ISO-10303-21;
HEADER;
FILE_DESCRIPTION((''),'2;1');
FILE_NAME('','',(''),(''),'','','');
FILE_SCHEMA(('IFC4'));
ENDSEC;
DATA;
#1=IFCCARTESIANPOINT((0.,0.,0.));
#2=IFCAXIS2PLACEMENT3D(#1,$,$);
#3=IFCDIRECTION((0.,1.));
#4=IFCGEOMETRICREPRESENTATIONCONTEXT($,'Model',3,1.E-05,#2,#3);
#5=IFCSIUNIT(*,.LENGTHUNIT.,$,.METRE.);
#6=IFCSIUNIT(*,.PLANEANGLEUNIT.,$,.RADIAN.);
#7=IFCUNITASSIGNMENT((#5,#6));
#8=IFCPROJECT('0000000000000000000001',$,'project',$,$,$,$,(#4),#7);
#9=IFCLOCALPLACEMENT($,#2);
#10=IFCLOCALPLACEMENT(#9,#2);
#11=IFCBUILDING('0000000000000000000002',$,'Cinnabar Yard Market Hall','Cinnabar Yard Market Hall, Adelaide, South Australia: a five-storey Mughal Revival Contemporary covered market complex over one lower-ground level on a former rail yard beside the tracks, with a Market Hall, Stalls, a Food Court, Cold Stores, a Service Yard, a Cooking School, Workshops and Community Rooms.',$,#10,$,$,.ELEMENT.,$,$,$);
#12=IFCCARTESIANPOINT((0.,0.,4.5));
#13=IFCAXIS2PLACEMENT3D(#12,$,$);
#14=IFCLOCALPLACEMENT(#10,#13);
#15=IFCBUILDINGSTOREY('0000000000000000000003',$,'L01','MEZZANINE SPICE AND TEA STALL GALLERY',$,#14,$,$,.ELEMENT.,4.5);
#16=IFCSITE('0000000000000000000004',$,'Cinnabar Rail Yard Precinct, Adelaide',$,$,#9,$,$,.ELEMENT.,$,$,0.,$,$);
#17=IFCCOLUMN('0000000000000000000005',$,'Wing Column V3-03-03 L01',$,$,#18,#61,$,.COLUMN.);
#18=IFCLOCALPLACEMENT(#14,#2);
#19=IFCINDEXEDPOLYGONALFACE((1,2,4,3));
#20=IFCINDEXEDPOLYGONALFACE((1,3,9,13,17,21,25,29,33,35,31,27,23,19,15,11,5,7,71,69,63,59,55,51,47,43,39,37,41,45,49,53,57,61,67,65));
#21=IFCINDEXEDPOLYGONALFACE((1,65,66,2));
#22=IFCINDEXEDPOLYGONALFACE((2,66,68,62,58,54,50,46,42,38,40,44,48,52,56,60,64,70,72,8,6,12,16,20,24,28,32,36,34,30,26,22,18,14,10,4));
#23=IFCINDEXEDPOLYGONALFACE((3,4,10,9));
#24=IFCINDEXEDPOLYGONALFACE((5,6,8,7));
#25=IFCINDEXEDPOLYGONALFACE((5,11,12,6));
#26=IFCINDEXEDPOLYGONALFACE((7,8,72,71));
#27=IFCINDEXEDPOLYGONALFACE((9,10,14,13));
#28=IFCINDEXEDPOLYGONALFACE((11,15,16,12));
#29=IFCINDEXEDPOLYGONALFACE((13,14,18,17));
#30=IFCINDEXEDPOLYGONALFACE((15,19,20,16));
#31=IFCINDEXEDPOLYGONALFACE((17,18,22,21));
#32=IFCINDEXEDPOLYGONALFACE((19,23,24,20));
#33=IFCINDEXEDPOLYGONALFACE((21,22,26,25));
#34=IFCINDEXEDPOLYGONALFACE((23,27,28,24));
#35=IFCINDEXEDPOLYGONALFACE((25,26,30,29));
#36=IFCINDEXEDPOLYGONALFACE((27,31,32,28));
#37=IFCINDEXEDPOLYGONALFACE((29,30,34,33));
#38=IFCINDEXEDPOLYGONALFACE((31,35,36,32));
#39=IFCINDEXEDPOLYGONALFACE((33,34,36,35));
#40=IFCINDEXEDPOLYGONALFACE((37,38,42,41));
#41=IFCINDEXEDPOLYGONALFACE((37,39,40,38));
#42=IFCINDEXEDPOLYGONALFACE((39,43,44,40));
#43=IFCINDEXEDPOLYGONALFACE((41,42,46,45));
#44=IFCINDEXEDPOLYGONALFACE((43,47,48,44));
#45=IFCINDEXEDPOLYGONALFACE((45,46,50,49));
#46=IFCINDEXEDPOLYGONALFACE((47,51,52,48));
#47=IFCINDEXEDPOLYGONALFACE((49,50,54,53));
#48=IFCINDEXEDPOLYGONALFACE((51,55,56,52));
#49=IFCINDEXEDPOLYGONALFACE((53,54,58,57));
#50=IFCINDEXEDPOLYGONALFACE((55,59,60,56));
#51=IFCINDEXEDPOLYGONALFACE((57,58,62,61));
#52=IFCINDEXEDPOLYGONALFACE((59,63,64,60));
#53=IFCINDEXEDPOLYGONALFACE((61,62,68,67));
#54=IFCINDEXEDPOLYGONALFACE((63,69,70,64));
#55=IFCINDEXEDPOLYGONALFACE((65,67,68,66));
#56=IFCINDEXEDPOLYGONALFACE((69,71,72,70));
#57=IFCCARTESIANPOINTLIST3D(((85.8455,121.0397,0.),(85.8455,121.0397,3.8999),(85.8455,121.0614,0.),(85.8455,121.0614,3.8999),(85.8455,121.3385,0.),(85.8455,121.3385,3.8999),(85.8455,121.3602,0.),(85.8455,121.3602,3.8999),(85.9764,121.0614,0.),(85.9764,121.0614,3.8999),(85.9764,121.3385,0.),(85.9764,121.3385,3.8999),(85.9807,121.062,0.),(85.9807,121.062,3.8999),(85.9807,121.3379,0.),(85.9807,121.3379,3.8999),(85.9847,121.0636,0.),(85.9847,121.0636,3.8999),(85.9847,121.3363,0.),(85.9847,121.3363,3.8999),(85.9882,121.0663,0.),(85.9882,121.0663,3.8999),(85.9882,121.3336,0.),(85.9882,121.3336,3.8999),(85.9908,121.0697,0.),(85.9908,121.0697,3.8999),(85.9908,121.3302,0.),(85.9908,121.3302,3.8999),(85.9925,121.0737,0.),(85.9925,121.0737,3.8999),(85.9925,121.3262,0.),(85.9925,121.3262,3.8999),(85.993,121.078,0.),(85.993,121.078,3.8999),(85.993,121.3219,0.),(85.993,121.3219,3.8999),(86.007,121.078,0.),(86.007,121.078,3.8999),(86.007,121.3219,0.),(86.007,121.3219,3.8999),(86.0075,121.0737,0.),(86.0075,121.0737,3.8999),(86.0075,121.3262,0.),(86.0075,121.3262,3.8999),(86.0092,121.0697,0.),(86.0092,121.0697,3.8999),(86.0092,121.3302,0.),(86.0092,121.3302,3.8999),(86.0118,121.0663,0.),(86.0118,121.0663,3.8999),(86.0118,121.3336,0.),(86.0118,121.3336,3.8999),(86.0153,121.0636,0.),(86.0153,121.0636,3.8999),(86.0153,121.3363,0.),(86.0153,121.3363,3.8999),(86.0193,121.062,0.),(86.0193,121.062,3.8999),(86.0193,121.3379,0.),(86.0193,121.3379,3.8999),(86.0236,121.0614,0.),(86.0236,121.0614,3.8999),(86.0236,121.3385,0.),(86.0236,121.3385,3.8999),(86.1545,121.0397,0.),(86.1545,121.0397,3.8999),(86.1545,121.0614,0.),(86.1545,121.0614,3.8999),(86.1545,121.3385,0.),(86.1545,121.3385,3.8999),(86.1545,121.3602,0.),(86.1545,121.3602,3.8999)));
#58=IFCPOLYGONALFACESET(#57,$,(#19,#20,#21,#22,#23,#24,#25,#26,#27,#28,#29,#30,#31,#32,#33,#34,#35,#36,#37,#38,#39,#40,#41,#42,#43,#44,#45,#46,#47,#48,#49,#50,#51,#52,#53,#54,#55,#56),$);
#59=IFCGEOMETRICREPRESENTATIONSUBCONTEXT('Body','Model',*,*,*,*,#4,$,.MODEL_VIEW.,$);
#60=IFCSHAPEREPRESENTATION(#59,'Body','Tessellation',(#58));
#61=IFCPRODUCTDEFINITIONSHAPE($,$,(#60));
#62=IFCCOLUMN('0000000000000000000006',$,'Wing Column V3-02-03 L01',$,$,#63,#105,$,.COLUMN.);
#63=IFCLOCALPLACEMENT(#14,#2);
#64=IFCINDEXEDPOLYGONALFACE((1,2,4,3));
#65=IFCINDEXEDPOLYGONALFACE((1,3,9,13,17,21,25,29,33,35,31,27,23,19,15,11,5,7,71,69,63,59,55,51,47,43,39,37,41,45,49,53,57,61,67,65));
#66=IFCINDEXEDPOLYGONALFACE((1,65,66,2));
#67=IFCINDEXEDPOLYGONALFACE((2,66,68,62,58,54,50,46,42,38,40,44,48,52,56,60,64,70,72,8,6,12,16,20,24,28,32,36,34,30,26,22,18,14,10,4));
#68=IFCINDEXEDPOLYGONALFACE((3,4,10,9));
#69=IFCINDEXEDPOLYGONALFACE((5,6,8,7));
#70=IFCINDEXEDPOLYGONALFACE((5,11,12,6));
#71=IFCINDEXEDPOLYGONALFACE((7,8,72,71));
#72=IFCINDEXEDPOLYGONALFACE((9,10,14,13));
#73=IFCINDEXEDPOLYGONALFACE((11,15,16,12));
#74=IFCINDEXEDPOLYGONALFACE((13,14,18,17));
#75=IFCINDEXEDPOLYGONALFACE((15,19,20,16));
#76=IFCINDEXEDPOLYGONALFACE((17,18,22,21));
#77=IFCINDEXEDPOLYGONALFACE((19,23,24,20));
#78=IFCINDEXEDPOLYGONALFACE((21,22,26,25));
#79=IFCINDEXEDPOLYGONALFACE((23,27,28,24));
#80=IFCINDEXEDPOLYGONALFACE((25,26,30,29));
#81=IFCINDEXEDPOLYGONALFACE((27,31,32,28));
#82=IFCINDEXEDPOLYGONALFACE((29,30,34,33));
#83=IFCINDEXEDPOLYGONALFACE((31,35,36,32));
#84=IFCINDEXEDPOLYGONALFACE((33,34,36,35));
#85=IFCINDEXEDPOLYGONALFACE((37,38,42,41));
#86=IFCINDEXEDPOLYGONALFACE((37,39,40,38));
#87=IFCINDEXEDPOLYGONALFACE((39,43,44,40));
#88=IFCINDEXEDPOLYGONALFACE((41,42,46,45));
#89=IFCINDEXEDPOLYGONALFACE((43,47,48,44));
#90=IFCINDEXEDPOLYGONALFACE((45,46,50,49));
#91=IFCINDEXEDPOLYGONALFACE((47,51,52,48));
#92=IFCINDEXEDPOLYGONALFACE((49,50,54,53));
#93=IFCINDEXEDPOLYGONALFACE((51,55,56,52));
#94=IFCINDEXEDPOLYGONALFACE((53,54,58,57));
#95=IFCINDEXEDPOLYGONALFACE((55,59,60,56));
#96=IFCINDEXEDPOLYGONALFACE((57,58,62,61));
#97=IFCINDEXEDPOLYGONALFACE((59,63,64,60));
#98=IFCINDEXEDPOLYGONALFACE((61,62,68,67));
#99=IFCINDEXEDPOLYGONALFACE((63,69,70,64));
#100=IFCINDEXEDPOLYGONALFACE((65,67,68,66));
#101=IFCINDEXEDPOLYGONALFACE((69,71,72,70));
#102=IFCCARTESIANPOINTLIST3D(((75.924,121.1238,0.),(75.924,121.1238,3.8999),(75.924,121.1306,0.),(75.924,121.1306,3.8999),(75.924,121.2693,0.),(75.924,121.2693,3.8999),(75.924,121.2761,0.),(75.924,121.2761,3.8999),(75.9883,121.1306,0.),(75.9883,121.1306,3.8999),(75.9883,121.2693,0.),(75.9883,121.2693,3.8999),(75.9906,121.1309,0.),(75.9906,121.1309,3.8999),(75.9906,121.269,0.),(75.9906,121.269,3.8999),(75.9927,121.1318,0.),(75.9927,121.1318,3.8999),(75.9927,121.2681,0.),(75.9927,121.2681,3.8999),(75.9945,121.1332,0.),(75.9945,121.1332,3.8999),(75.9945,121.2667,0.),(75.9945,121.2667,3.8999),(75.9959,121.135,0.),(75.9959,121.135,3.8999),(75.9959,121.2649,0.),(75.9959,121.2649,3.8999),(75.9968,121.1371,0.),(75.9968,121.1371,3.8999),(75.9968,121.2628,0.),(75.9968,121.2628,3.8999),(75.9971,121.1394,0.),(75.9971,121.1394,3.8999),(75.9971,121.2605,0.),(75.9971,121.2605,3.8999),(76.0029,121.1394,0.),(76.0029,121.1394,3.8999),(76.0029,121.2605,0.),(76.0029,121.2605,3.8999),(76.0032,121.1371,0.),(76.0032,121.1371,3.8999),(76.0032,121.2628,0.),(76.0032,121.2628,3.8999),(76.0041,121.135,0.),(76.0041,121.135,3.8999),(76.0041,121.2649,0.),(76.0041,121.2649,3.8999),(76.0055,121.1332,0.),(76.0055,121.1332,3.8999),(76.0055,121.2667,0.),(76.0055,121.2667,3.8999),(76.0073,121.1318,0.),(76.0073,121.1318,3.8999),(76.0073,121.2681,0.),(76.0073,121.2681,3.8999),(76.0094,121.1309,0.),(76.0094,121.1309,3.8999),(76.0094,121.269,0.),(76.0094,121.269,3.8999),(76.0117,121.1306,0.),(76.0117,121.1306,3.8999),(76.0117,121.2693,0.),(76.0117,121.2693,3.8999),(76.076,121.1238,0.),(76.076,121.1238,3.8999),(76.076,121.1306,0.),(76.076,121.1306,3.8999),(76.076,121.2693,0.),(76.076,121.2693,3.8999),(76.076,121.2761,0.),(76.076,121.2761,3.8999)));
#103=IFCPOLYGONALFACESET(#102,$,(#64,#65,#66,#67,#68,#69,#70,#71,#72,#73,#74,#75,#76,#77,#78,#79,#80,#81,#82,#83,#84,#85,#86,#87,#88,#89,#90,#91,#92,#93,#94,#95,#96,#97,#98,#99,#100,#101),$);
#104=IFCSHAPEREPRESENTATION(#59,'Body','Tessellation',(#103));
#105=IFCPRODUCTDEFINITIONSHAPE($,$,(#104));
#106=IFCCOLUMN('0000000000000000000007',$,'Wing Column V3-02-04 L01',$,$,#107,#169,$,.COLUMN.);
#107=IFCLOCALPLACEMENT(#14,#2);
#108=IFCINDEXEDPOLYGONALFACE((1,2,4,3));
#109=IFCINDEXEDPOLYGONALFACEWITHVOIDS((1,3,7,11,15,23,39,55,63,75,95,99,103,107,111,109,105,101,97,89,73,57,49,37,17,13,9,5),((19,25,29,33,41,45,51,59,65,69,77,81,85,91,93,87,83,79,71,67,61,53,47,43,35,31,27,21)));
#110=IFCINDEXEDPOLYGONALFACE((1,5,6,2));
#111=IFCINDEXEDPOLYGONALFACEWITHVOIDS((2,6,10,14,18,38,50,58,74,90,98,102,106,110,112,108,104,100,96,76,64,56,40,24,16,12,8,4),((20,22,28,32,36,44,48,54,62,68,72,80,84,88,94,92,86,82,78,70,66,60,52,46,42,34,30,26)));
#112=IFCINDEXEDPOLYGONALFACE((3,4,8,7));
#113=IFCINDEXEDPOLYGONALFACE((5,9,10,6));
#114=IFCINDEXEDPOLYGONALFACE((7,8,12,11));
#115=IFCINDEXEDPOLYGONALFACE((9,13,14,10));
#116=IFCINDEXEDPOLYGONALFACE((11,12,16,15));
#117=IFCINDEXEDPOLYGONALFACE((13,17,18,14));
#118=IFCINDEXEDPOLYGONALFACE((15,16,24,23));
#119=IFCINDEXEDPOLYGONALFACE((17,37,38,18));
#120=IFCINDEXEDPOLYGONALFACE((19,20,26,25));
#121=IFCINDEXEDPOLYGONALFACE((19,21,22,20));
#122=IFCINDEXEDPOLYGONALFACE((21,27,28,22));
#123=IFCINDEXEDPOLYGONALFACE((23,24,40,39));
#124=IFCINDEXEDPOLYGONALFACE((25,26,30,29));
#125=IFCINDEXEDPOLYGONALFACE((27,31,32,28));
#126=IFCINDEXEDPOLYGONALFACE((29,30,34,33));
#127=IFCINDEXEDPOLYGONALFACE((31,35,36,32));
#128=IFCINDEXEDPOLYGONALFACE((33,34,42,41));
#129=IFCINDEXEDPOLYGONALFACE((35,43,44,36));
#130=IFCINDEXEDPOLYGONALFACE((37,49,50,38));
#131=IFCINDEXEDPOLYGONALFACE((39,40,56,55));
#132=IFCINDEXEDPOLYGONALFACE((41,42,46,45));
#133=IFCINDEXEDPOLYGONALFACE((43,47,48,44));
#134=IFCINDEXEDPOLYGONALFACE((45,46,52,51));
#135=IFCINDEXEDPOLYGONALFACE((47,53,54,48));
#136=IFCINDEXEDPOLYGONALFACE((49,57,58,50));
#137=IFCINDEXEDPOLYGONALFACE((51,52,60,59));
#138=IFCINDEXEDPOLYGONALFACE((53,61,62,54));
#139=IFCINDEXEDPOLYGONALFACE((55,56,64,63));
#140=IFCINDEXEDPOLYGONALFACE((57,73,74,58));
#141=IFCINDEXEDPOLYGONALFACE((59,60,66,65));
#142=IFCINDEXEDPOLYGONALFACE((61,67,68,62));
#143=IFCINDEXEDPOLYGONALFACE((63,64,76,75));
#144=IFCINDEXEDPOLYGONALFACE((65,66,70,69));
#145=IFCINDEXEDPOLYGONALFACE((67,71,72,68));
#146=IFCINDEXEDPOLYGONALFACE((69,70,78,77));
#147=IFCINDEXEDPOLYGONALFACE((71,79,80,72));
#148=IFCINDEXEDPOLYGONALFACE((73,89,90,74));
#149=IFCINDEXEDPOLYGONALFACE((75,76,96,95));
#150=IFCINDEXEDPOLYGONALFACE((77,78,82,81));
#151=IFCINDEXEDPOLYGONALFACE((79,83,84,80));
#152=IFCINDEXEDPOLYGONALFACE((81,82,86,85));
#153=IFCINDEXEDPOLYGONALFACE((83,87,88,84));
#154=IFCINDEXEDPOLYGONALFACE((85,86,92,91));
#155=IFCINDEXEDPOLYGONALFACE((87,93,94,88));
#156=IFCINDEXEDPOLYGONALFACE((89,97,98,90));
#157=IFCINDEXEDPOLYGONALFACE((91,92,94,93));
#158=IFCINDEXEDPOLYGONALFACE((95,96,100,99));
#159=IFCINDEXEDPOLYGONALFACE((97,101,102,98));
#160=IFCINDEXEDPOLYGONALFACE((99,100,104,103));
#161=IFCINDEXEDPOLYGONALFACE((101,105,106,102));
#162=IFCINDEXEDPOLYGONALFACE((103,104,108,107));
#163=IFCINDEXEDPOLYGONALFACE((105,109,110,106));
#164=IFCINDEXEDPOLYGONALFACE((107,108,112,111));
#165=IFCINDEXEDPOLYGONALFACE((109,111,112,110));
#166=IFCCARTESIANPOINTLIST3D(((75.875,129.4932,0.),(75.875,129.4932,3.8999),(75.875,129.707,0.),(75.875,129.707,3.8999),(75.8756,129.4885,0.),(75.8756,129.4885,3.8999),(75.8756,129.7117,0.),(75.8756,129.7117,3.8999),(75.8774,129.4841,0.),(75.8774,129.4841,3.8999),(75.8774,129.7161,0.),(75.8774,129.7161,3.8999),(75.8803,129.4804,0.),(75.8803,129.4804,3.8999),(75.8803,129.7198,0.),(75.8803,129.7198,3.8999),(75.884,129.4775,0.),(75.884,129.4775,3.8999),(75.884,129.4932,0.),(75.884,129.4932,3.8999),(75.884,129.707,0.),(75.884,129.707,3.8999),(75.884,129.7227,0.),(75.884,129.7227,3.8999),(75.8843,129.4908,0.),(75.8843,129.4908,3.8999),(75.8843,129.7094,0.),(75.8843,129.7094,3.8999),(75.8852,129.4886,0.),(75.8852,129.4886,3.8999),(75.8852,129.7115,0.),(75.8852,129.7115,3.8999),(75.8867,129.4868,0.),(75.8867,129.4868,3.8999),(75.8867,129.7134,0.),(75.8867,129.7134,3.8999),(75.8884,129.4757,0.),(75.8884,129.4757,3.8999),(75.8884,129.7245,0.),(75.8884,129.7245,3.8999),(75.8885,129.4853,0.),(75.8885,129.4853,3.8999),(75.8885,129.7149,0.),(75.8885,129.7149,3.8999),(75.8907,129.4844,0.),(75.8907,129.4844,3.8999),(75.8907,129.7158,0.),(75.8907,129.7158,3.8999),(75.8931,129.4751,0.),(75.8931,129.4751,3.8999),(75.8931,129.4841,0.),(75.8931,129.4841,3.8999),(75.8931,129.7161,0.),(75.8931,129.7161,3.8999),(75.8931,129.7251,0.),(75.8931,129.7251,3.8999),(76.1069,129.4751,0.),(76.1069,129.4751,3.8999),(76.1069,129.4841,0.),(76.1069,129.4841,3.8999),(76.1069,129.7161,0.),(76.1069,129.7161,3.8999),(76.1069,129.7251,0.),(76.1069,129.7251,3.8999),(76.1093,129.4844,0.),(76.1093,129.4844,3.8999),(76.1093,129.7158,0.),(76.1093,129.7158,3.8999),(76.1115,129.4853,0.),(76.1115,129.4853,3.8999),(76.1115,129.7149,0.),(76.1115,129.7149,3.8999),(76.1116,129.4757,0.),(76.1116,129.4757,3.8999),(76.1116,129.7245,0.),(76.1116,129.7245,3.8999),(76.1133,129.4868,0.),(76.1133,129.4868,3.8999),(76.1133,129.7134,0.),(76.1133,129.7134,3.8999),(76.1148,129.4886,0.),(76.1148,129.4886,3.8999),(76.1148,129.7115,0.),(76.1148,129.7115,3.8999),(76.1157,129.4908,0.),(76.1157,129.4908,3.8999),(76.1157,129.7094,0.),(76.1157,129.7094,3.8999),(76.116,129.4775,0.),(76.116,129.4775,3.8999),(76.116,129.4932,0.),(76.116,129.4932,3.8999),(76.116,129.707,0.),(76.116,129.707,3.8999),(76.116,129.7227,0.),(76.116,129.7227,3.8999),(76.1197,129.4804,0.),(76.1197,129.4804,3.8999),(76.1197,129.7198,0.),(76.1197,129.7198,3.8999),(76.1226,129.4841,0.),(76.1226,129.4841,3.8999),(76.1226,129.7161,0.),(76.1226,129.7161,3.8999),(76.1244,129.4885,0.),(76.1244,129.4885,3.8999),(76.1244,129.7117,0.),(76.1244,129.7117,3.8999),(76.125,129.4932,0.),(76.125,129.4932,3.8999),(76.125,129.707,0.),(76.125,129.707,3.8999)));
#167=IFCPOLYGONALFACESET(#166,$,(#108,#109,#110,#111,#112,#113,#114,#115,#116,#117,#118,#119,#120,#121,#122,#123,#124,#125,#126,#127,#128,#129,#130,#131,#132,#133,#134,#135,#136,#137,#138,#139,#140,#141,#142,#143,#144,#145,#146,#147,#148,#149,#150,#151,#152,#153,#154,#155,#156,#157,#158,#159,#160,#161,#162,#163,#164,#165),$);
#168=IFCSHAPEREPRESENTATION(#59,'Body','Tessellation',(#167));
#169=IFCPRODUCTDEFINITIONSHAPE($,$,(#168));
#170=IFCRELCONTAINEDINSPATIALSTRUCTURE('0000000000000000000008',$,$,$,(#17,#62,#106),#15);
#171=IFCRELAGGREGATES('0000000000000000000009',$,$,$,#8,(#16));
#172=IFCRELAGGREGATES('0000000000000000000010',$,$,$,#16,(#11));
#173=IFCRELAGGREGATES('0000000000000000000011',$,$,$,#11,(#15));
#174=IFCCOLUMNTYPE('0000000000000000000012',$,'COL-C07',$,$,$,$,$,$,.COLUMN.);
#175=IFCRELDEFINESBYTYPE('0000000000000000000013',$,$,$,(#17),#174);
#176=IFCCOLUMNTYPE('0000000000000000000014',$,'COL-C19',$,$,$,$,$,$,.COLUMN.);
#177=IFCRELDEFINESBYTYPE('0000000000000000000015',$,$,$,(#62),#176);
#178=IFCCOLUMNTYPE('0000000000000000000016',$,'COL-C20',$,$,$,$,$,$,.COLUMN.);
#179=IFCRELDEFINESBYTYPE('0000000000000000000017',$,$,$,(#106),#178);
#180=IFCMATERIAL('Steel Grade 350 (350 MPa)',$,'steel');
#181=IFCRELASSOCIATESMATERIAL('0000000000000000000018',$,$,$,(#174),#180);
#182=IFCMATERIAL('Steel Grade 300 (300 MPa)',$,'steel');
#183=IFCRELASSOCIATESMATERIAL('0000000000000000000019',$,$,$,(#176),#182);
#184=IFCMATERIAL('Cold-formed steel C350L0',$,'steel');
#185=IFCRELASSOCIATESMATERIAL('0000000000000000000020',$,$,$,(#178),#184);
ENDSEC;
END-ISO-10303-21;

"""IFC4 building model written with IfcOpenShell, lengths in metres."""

from ifc_helpers import new_model, si_unit, direction, frame, origin, origin_2d_with_axis, place, context, subcontext, project, spatial, hollow_rectangle, i_section, extrude, material, material_profile, profile_set, type_object, element, save


model = new_model("IFC4")

# Units and contexts
model_context = context("Model", 3, precision=1e-05, world=origin(), true_north=direction((0.0, 1.0)))
body_context = subcontext(model_context, "Body", "Model", "MODEL_VIEW")
ifc_project = project(units=[si_unit("LENGTHUNIT", "METRE"), si_unit("PLANEANGLEUNIT", "RADIAN")], contexts=[model_context])

# Site, building, storey
site_placement = place(None, origin())
site = spatial("IfcSite", under=ifc_project, at=site_placement, Name="Cinnabar Rail Yard Precinct, Adelaide", CompositionType="ELEMENT", RefElevation=0.0)
building_placement = place(site_placement, origin())
building = spatial("IfcBuilding", under=site, at=building_placement, Name="Cinnabar Yard Market Hall", Description="Cinnabar Yard Market Hall, Adelaide, South Australia: a five-storey Mughal Revival Contemporary covered market complex over one lower-ground level on a former rail yard beside the tracks, with a Market Hall, Stalls, a Food Court, Cold Stores, a Service Yard, a Cooking School, Workshops and Community Rooms.", CompositionType="ELEMENT")
storey_placement = place(building_placement, frame((0.0, 0.0, 4.5)))
storey = spatial("IfcBuildingStorey", under=building, at=storey_placement, Name="L01", Description="MEZZANINE SPICE AND TEA STALL GALLERY", CompositionType="ELEMENT", Elevation=4.5)

# Columns
ifc_material_1 = material(Name="Steel Grade 350 (350 MPa)", Category="steel")
ifc_material_profile_1 = material_profile(ifc_material_1, i_section(OverallWidth=0.3091, OverallDepth=0.3206, WebThickness=0.0139, FlangeThickness=0.0217, FilletRadius=0.0166, at=origin_2d_with_axis()), Name="310UC137")
ifc_profile_set_1 = profile_set([ifc_material_profile_1], Name="Steel Grade 350 (350 MPa)")
column_type_1 = type_object("IfcColumnType", Name="COL-C07", PredefinedType="COLUMN", material=ifc_profile_set_1)
column_1_placement = place(storey_placement, frame((86.0, 121.2, 0.0), z_axis=(0.0, 0.0, 1.0), x_axis=(1.0, 0.0, 0.0)))
element("IfcColumn", 1, at=column_1_placement, inside=storey, type_object=column_type_1, Name="Wing Column V3-03-03 L01", PredefinedType="COLUMN", context=body_context, shape_type="SweptSolid", body=[
    extrude(i_section(OverallWidth=0.3091, OverallDepth=0.3206, WebThickness=0.0139, FlangeThickness=0.0217, FilletRadius=0.0166, at=origin_2d_with_axis()), origin(), (0.0, 0.0, 1.0), 3.8999),
])
ifc_material_2 = material(Name="Steel Grade 300 (300 MPa)", Category="steel")
ifc_material_profile_2 = material_profile(ifc_material_2, i_section(OverallWidth=0.1521, OverallDepth=0.1523, WebThickness=0.0059, FlangeThickness=0.0068, FilletRadius=0.0088, at=origin_2d_with_axis()), Name="150UC23.4")
ifc_profile_set_2 = profile_set([ifc_material_profile_2], Name="Steel Grade 300 (300 MPa)")
column_type_2 = type_object("IfcColumnType", Name="COL-C19", PredefinedType="COLUMN", material=ifc_profile_set_2)
column_2_placement = place(storey_placement, frame((76.0, 121.2, 0.0), z_axis=(0.0, 0.0, 1.0), x_axis=(1.0, 0.0, 0.0)))
element("IfcColumn", 2, at=column_2_placement, inside=storey, type_object=column_type_2, Name="Wing Column V3-02-03 L01", PredefinedType="COLUMN", context=body_context, shape_type="SweptSolid", body=[
    extrude(i_section(OverallWidth=0.1521, OverallDepth=0.1523, WebThickness=0.0059, FlangeThickness=0.0068, FilletRadius=0.0088, at=origin_2d_with_axis()), origin(), (0.0, 0.0, 1.0), 3.8999),
])
ifc_material_3 = material(Name="Cold-formed steel C350L0", Category="steel")
ifc_material_profile_3 = material_profile(ifc_material_3, hollow_rectangle(XDim=0.25, YDim=0.25, WallThickness=0.009, InnerFilletRadius=0.009, OuterFilletRadius=0.0181, at=origin_2d_with_axis()), Name="250x250x9.0SHS")
ifc_profile_set_3 = profile_set([ifc_material_profile_3], Name="Cold-formed steel C350L0")
column_type_3 = type_object("IfcColumnType", Name="COL-C20", PredefinedType="COLUMN", material=ifc_profile_set_3)
column_3_placement = place(storey_placement, frame((76.0, 129.6001, 0.0), z_axis=(0.0, 0.0, 1.0), x_axis=(1.0, 0.0, 0.0)))
element("IfcColumn", 3, at=column_3_placement, inside=storey, type_object=column_type_3, Name="Wing Column V3-02-04 L01", PredefinedType="COLUMN", context=body_context, shape_type="SweptSolid", body=[
    extrude(hollow_rectangle(XDim=0.25, YDim=0.25, WallThickness=0.009, InnerFilletRadius=0.009, OuterFilletRadius=0.0181, at=origin_2d_with_axis()), origin(), (0.0, 0.0, 1.0), 3.8999),
])

save(model, "model.ifc")
